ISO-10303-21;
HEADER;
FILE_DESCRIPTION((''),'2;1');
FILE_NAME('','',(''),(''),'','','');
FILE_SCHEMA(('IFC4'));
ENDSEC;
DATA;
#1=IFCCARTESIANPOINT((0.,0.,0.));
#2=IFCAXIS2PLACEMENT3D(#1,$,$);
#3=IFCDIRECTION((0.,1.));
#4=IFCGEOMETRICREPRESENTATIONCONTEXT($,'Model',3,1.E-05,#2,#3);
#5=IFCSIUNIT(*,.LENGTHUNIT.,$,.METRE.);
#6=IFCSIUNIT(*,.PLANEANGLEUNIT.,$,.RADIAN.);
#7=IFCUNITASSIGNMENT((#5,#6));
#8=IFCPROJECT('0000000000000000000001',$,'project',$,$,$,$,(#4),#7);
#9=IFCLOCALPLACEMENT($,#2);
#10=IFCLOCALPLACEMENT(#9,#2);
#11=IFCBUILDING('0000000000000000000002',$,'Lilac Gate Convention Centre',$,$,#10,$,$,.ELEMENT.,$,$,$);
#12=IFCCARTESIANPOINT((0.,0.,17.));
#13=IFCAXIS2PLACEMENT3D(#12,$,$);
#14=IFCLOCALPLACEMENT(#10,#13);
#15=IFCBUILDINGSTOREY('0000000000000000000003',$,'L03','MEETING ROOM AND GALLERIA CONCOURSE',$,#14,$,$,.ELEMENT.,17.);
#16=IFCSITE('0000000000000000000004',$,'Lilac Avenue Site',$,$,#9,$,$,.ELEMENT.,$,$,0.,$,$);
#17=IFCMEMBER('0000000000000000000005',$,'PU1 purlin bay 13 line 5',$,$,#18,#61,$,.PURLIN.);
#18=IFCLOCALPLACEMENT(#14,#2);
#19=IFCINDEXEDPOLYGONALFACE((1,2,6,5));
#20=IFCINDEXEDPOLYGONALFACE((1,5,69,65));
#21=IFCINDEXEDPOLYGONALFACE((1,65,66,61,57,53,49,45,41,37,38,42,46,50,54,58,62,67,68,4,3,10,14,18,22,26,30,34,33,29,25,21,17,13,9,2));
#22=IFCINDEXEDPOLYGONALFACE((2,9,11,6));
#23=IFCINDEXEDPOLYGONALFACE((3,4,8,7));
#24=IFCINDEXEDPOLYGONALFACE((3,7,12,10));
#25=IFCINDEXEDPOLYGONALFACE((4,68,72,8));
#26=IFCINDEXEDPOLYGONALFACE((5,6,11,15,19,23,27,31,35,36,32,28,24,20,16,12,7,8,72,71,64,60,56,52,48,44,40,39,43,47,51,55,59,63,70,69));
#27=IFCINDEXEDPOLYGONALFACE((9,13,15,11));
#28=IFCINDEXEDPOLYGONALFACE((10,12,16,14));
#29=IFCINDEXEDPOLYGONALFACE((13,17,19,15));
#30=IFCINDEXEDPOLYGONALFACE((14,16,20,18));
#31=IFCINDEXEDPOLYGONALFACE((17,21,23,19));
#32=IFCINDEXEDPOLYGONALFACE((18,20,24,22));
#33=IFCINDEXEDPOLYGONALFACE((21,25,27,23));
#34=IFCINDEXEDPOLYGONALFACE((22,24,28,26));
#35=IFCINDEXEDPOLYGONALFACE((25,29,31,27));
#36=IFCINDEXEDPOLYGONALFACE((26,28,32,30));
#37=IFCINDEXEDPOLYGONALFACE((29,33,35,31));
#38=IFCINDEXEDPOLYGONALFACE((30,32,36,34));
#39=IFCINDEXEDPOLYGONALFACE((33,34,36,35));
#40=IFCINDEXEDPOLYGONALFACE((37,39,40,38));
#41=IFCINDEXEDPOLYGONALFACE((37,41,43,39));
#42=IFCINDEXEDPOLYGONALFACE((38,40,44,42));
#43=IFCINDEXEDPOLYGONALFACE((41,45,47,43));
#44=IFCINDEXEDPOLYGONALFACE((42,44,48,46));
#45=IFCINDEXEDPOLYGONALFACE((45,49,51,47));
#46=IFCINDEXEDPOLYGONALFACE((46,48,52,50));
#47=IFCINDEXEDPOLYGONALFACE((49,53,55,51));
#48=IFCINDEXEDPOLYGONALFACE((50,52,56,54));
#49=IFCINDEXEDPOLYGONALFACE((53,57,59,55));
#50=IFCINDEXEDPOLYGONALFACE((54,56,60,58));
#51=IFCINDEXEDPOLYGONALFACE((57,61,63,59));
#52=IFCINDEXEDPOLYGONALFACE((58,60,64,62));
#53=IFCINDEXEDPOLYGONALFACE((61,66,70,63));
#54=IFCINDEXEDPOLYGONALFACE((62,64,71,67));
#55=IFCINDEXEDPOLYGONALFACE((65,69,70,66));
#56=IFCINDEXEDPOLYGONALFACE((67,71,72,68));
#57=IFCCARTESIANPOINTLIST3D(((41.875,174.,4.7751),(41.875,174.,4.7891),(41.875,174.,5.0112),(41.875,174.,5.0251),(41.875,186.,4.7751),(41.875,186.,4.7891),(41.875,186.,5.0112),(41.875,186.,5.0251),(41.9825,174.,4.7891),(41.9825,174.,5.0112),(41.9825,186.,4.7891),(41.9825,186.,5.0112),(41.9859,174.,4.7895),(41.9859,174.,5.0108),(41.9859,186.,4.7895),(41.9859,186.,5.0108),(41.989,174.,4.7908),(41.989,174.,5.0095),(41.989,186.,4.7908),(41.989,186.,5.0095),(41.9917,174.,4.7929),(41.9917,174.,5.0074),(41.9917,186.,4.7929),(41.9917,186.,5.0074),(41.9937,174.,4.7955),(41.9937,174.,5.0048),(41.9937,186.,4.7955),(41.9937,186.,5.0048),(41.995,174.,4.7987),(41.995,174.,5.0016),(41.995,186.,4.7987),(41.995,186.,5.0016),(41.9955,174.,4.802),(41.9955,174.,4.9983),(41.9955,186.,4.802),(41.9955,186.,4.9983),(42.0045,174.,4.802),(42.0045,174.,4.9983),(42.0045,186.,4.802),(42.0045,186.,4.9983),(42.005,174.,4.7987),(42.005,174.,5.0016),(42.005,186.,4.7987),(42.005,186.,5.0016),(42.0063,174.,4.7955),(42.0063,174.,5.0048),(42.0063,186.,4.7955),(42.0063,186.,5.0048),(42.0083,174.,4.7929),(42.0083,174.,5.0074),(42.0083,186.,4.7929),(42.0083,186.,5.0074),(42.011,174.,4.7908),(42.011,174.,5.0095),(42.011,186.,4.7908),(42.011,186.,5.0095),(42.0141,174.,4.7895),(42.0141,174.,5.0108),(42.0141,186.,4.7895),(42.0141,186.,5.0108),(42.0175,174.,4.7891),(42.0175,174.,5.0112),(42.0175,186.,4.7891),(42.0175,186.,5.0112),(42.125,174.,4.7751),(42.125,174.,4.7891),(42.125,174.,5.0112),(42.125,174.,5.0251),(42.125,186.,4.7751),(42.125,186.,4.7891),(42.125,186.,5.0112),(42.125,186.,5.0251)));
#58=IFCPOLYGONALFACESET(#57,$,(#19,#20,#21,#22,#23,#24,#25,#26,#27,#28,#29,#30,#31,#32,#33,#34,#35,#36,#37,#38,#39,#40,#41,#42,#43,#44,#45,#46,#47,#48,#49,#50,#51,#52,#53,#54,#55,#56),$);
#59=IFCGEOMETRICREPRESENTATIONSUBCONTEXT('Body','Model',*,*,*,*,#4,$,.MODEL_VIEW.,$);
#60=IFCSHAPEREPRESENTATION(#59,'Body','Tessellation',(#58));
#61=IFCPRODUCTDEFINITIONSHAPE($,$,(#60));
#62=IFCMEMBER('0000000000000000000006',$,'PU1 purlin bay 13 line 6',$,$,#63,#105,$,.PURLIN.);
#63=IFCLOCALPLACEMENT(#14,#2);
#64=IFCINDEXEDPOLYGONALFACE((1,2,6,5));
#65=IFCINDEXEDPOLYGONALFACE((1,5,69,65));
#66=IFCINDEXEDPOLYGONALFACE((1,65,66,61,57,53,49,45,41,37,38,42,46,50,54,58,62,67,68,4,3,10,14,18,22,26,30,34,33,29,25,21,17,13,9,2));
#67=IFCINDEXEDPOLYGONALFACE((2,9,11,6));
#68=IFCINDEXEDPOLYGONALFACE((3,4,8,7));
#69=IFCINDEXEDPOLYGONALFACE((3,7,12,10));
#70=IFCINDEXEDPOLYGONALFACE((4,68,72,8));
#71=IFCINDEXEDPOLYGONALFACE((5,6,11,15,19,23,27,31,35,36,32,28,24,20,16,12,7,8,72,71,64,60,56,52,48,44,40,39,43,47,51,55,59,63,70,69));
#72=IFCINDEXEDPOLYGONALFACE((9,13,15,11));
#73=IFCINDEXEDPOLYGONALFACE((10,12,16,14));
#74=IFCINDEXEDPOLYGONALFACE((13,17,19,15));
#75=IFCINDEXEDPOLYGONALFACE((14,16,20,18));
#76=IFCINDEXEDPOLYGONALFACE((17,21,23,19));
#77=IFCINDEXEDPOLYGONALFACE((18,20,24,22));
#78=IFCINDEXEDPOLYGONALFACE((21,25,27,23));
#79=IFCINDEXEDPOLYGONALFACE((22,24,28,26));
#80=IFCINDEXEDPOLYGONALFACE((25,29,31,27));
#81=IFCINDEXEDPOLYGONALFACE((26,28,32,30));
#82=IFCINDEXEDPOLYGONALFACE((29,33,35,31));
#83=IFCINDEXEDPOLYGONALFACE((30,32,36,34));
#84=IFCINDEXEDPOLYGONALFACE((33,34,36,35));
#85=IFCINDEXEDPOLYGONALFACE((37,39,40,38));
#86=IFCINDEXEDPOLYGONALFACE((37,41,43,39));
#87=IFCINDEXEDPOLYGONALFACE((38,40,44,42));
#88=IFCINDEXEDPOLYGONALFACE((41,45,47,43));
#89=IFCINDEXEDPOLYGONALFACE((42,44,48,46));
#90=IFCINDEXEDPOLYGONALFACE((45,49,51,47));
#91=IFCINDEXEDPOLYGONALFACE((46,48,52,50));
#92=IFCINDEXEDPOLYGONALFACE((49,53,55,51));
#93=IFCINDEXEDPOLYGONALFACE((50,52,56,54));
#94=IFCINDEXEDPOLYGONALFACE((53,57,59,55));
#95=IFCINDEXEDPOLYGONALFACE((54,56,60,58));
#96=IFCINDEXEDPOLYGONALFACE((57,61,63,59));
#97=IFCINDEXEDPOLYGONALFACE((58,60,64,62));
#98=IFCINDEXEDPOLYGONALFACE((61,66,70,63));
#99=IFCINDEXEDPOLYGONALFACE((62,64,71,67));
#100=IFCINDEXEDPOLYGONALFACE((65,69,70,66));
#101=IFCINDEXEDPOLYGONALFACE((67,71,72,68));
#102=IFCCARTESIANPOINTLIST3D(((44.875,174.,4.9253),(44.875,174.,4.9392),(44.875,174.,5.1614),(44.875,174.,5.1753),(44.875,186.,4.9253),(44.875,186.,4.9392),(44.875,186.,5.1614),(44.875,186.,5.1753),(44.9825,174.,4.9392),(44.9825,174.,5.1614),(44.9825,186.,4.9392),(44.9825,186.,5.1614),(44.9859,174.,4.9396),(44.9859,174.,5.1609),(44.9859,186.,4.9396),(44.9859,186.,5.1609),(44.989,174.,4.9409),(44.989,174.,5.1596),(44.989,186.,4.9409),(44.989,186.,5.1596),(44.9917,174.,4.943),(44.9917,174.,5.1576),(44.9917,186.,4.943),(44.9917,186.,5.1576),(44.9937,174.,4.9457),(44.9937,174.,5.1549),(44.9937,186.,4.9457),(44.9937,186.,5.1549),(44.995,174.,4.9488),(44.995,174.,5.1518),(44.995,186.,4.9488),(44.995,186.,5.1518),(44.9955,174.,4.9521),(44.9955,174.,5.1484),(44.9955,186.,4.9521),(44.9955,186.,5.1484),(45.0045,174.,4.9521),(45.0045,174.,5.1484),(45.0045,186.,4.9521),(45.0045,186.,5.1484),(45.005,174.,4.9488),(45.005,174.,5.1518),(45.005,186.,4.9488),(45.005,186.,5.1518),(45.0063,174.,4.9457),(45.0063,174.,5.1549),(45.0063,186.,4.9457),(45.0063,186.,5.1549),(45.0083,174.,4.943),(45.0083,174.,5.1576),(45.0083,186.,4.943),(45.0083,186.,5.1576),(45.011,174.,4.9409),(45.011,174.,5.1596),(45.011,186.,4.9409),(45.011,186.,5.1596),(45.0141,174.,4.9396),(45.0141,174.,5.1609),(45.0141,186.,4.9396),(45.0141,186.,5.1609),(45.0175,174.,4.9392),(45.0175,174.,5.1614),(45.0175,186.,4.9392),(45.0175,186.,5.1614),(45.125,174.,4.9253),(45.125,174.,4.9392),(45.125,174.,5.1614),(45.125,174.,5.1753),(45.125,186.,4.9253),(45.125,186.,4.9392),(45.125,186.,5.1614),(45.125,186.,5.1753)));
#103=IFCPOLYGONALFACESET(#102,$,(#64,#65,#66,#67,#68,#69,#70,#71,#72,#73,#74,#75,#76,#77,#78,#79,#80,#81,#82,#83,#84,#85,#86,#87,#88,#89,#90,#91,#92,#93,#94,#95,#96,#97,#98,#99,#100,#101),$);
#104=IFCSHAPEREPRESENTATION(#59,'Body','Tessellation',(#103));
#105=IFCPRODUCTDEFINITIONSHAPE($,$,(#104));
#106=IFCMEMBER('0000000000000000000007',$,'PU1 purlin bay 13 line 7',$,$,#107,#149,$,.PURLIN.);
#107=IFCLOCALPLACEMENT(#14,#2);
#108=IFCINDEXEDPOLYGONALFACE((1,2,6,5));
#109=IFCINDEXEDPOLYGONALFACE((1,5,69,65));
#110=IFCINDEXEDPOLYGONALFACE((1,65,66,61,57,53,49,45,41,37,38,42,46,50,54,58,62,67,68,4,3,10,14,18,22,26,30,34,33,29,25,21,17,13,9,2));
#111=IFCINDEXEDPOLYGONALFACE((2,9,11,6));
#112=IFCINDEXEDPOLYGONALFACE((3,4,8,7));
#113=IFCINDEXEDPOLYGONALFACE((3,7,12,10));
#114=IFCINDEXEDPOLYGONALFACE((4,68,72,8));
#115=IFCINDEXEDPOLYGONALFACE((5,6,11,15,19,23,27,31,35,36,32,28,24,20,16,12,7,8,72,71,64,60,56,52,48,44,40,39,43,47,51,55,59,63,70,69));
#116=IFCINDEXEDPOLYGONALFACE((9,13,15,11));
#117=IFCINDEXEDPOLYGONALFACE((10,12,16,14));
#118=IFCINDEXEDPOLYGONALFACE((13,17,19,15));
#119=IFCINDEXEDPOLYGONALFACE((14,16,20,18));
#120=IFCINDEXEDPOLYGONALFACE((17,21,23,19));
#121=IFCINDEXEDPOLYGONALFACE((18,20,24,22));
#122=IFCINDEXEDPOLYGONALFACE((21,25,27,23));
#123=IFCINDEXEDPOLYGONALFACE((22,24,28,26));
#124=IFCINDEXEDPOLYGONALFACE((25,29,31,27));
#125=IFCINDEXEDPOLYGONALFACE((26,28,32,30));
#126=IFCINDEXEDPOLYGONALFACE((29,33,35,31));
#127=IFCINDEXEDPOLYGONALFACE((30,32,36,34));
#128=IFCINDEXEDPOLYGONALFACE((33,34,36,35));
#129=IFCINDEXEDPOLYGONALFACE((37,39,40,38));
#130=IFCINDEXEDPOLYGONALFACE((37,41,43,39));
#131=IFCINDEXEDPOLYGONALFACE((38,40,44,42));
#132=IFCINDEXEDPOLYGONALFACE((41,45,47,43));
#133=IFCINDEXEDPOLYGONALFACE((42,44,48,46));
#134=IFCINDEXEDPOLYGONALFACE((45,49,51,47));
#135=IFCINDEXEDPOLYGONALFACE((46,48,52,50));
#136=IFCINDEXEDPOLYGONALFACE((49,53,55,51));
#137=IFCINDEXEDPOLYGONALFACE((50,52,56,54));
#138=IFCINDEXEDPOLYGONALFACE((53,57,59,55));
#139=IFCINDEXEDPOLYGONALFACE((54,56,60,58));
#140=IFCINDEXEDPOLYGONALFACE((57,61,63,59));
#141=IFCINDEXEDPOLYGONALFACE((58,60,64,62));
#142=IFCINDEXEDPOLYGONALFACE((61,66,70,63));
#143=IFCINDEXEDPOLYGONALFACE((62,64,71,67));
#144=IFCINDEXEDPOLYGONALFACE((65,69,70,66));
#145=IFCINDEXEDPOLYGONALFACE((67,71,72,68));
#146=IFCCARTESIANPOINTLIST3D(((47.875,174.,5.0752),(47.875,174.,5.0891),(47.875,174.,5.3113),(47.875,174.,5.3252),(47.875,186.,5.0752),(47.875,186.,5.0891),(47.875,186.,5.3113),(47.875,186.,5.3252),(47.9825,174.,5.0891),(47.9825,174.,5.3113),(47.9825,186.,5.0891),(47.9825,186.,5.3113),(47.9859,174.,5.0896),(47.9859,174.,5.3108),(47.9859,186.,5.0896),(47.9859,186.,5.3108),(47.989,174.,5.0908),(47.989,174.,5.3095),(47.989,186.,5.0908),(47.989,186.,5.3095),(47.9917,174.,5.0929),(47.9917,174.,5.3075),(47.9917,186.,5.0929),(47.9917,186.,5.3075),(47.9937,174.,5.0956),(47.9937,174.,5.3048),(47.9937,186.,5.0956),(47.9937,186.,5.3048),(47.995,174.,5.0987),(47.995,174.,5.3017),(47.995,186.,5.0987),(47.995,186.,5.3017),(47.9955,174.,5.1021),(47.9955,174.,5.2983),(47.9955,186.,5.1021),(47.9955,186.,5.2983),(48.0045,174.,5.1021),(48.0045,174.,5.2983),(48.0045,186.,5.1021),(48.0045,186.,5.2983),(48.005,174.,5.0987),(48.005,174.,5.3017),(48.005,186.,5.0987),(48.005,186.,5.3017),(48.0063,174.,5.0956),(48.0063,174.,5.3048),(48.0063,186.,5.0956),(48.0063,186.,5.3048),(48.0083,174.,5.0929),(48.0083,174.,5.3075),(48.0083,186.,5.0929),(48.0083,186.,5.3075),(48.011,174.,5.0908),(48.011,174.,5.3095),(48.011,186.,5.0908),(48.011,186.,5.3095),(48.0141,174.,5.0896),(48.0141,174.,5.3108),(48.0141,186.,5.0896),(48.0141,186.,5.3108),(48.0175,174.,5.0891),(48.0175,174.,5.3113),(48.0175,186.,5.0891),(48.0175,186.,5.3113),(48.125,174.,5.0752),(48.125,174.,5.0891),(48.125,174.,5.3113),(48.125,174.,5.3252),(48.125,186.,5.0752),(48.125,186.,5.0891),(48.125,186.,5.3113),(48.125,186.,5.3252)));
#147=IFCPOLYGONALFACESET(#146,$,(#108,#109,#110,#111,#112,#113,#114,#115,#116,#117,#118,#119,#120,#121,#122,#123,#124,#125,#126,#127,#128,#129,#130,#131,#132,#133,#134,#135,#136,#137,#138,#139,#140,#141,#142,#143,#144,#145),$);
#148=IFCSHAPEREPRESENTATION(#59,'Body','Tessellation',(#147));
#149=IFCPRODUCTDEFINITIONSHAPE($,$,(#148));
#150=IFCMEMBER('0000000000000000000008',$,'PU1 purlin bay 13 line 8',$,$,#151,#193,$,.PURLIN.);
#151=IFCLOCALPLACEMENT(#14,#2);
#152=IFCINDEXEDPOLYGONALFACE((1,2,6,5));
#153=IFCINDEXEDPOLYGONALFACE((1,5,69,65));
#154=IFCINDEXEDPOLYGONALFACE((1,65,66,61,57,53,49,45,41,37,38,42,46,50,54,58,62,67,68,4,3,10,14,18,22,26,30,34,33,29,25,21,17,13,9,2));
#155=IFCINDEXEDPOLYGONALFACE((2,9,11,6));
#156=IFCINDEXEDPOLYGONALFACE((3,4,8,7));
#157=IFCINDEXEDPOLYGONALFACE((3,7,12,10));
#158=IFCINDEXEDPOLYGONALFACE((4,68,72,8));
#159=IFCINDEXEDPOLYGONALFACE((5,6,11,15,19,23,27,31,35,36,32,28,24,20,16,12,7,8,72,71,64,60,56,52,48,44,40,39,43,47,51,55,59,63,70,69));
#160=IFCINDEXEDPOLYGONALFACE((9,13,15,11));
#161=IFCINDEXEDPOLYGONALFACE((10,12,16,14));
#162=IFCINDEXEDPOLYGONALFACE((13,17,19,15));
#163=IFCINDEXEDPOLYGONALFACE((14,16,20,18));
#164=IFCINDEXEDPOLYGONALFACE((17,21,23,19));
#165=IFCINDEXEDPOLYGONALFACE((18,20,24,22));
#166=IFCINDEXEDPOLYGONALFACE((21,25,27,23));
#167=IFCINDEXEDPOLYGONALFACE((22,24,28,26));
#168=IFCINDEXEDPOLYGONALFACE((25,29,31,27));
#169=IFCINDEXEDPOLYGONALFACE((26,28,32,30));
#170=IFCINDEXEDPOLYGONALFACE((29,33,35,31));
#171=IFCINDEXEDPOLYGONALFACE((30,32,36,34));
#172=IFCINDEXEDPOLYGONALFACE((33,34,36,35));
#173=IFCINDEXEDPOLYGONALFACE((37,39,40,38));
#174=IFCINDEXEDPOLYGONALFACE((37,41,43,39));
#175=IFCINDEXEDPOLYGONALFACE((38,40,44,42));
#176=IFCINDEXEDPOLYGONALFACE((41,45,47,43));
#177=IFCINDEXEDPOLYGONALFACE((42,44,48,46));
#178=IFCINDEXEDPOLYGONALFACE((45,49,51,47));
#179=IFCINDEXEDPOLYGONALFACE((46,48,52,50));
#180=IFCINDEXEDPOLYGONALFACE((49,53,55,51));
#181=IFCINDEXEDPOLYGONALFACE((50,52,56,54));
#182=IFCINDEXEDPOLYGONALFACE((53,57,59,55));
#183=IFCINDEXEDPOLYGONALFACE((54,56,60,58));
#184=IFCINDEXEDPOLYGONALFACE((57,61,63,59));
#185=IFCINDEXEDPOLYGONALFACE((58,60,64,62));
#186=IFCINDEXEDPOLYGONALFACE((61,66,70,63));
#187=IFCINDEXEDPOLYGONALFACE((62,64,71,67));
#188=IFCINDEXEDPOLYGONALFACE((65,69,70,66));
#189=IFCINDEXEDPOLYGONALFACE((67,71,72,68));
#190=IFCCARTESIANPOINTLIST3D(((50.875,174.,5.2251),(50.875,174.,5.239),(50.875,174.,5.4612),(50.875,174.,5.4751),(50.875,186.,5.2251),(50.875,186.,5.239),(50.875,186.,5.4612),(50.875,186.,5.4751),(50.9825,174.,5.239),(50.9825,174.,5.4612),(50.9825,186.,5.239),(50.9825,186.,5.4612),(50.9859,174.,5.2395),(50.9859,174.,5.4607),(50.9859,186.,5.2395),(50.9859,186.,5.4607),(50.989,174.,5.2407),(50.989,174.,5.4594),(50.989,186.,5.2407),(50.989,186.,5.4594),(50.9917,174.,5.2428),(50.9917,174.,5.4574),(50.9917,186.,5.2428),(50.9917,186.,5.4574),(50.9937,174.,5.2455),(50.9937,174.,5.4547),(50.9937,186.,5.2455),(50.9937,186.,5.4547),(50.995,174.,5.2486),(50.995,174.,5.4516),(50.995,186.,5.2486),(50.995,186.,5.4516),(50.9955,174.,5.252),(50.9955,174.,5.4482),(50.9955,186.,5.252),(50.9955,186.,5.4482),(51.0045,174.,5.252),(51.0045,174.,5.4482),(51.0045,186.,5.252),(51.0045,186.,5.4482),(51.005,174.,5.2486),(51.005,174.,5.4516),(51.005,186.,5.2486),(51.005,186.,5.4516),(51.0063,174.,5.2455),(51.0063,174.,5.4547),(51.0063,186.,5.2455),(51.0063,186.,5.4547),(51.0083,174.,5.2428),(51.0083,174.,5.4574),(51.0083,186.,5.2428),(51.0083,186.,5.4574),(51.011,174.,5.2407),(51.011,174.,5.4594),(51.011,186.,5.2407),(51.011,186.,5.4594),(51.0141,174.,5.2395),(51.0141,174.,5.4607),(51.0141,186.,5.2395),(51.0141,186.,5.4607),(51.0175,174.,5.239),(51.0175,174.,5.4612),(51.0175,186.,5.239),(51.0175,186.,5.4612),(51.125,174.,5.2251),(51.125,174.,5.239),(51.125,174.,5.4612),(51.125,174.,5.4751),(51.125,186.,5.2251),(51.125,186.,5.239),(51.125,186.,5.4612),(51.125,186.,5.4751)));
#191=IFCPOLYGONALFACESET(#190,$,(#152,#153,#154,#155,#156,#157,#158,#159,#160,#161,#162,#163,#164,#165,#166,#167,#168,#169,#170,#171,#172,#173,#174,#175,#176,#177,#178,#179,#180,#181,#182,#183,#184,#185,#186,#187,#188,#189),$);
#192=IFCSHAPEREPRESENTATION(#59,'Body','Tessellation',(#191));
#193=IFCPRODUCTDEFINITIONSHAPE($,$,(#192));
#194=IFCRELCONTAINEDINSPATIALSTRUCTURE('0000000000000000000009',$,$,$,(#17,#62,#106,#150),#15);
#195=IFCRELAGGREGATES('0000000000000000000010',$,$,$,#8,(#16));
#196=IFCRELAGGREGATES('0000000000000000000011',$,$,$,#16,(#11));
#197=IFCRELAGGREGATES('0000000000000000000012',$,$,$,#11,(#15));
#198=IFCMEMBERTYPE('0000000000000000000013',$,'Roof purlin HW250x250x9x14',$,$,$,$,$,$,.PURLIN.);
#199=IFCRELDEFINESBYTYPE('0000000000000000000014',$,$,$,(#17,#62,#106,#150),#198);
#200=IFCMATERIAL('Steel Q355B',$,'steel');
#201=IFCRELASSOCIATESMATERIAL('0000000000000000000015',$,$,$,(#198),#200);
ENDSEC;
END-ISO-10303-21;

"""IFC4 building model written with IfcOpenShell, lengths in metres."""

from ifc_helpers import new_model, si_unit, direction, frame, origin, origin_2d, place, context, subcontext, project, spatial, i_section, extrude, material, material_profile, profile_set, type_object, element, save


model = new_model("IFC4")

# Units and contexts
model_context = context("Model", 3, precision=1e-05, world=origin(), true_north=direction((0.0, 1.0)))
body_context = subcontext(model_context, "Body", "Model", "MODEL_VIEW")
ifc_project = project(units=[si_unit("LENGTHUNIT", "METRE"), si_unit("PLANEANGLEUNIT", "RADIAN")], contexts=[model_context])

# Site, building, storey
site_placement = place(None, origin())
site = spatial("IfcSite", under=ifc_project, at=site_placement, Name="Lilac Avenue Site", CompositionType="ELEMENT", RefElevation=0.0)
building_placement = place(site_placement, origin())
building = spatial("IfcBuilding", under=site, at=building_placement, Name="Lilac Gate Convention Centre", CompositionType="ELEMENT")
storey_placement = place(building_placement, frame((0.0, 0.0, 17.0)))
storey = spatial("IfcBuildingStorey", under=building, at=storey_placement, Name="L03", Description="MEETING ROOM AND GALLERIA CONCOURSE", CompositionType="ELEMENT", Elevation=17.0)

# Members
ifc_material = material(Name="Steel Q355B", Category="steel")
ifc_material_profile_1 = material_profile(ifc_material, i_section(OverallWidth=0.25, OverallDepth=0.25, WebThickness=0.009, FlangeThickness=0.0139, FilletRadius=0.0129, at=origin_2d()), Name="HW250x250x9x14")
ifc_profile_set_1 = profile_set([ifc_material_profile_1], Name="Steel Q355B")
member_type_1 = type_object("IfcMemberType", Name="Roof purlin HW250x250x9x14", PredefinedType="PURLIN", material=ifc_profile_set_1)
for number, where, z_axis, x_axis, name in (
    (1, (42.0, 174.0, 4.9001), (0.0, 1.0, 0.0), (-1.0, 0.0, 0.0), "PU1 purlin bay 13 line 5"),
    (2, (45.0, 174.0, 5.0503), (0.0, 1.0, 0.0), (-1.0, 0.0, 0.0), "PU1 purlin bay 13 line 6"),
    (3, (48.0, 174.0, 5.2002), (0.0, 1.0, 0.0), (-1.0, 0.0, 0.0), "PU1 purlin bay 13 line 7"),
    (4, (51.0, 174.0, 5.3501), (0.0, 1.0, 0.0), (-1.0, 0.0, 0.0), "PU1 purlin bay 13 line 8"),
):
    element("IfcMember", number, at=place(storey_placement, frame(where, z_axis=z_axis, x_axis=x_axis)), inside=storey, type_object=member_type_1, Name=name, PredefinedType="PURLIN", context=body_context, shape_type="SweptSolid", body=[
        extrude(i_section(OverallWidth=0.25, OverallDepth=0.25, WebThickness=0.009, FlangeThickness=0.0139, FilletRadius=0.0129, at=origin_2d()), origin(), (0.0, 0.0, 1.0), 12.0),
    ])

save(model, "model.ifc")
